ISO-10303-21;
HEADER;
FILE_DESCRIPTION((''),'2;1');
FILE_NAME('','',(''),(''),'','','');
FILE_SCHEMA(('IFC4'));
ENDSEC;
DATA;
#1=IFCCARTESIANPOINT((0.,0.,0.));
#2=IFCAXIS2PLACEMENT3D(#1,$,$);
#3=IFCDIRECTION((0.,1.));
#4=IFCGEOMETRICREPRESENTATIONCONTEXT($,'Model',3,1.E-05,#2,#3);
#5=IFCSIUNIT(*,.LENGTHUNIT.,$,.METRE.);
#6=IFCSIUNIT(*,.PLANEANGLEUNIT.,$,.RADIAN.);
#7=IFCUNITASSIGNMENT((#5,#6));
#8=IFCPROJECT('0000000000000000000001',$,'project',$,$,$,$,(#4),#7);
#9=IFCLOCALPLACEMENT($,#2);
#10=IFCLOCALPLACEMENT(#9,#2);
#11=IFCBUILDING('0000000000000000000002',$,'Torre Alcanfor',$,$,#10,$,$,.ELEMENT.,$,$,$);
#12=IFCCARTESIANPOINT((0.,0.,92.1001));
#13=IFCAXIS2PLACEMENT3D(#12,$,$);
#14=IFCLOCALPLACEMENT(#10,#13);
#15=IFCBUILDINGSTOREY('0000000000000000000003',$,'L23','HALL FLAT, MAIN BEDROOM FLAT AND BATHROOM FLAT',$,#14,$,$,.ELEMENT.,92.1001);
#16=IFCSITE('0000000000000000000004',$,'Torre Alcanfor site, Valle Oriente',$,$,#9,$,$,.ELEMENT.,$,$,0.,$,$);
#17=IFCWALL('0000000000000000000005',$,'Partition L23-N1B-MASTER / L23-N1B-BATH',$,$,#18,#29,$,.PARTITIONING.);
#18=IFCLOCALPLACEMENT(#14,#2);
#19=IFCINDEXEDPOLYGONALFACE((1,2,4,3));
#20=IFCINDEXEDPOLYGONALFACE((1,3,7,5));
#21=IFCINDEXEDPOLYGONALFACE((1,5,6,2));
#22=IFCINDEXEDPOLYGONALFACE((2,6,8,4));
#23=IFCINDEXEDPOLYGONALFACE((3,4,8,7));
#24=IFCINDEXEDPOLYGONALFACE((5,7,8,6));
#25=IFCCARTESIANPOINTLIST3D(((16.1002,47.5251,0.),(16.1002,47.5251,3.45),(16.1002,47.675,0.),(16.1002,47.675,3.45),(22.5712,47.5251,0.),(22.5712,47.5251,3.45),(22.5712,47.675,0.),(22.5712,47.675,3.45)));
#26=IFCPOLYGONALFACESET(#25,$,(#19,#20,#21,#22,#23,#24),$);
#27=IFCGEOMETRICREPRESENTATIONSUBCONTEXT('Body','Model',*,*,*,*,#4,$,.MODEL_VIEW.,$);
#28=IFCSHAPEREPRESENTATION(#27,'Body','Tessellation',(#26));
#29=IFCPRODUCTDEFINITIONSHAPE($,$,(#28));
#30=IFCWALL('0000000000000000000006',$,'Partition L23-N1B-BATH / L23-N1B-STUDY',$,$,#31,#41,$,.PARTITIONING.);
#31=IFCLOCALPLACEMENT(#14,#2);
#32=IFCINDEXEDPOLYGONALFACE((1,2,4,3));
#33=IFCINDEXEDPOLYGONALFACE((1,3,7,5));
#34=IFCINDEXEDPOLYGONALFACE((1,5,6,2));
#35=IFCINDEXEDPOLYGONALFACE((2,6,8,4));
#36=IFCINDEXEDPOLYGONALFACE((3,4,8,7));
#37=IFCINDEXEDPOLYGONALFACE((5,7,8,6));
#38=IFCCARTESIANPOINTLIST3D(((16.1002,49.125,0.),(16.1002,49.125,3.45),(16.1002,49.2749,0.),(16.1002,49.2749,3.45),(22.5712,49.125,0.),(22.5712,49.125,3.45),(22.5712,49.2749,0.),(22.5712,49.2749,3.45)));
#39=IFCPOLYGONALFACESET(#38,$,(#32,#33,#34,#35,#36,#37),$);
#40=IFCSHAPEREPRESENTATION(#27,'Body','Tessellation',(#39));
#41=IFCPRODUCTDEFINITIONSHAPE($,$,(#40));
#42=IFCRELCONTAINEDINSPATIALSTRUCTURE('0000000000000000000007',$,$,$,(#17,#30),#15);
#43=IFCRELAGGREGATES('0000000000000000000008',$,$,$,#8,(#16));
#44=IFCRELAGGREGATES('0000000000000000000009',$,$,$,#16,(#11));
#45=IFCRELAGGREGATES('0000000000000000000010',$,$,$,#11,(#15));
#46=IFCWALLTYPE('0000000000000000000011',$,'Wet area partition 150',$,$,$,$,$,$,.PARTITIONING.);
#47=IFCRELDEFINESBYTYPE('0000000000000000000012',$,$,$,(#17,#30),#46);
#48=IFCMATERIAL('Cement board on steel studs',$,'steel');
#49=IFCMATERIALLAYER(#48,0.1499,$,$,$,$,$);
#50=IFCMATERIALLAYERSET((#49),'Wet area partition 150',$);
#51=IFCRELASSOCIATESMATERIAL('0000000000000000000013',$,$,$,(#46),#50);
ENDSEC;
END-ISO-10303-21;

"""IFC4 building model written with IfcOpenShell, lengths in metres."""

from ifc_helpers import new_model, si_unit, direction, frame, frame_2d, origin, place, context, subcontext, project, spatial, rectangle, extrude, material, layer, layer_set, type_object, element, save


model = new_model("IFC4")

# Units and contexts
model_context = context("Model", 3, precision=1e-05, world=origin(), true_north=direction((0.0, 1.0)))
body_context = subcontext(model_context, "Body", "Model", "MODEL_VIEW")
ifc_project = project(units=[si_unit("LENGTHUNIT", "METRE"), si_unit("PLANEANGLEUNIT", "RADIAN")], contexts=[model_context])

# Site, building, storey
site_placement = place(None, origin())
site = spatial("IfcSite", under=ifc_project, at=site_placement, Name="Torre Alcanfor site, Valle Oriente", CompositionType="ELEMENT", RefElevation=0.0)
building_placement = place(site_placement, origin())
building = spatial("IfcBuilding", under=site, at=building_placement, Name="Torre Alcanfor", CompositionType="ELEMENT")
storey_placement = place(building_placement, frame((0.0, 0.0, 92.1001)))
storey = spatial("IfcBuildingStorey", under=building, at=storey_placement, Name="L23", Description="HALL FLAT, MAIN BEDROOM FLAT AND BATHROOM FLAT", CompositionType="ELEMENT", Elevation=92.1001)

# Shared definitions
ifc_material_1 = material(Name="Cement board on steel studs", Category="steel")
ifc_layer_1 = layer(ifc_material_1, 0.1499)
ifc_layer_set_1 = layer_set([ifc_layer_1], Name="Wet area partition 150")
wall_type_1 = type_object("IfcWallType", Name="Wet area partition 150", PredefinedType="PARTITIONING", material=ifc_layer_set_1)

# Walls
for number, where, z_axis, x_axis, name in (
    (1, (22.571, 47.6001, 0.0), (0.0, 0.0, 1.0), (-1.0, 0.0, 0.0), "Partition L23-N1B-MASTER / L23-N1B-BATH"),
    (2, (22.571, 49.2, 0.0), (0.0, 0.0, 1.0), (-1.0, 0.0, 0.0), "Partition L23-N1B-BATH / L23-N1B-STUDY"),
):
    element("IfcWall", number, at=place(storey_placement, frame(where, z_axis=z_axis, x_axis=x_axis)), inside=storey, type_object=wall_type_1, Name=name, PredefinedType="PARTITIONING", context=body_context, shape_type="SweptSolid", body=[
        extrude(rectangle(XDim=6.4709, YDim=0.1499, at=frame_2d((3.2354, 0.0))), origin(), (0.0, 0.0, 1.0), 3.45),
    ])

save(model, "model.ifc")
